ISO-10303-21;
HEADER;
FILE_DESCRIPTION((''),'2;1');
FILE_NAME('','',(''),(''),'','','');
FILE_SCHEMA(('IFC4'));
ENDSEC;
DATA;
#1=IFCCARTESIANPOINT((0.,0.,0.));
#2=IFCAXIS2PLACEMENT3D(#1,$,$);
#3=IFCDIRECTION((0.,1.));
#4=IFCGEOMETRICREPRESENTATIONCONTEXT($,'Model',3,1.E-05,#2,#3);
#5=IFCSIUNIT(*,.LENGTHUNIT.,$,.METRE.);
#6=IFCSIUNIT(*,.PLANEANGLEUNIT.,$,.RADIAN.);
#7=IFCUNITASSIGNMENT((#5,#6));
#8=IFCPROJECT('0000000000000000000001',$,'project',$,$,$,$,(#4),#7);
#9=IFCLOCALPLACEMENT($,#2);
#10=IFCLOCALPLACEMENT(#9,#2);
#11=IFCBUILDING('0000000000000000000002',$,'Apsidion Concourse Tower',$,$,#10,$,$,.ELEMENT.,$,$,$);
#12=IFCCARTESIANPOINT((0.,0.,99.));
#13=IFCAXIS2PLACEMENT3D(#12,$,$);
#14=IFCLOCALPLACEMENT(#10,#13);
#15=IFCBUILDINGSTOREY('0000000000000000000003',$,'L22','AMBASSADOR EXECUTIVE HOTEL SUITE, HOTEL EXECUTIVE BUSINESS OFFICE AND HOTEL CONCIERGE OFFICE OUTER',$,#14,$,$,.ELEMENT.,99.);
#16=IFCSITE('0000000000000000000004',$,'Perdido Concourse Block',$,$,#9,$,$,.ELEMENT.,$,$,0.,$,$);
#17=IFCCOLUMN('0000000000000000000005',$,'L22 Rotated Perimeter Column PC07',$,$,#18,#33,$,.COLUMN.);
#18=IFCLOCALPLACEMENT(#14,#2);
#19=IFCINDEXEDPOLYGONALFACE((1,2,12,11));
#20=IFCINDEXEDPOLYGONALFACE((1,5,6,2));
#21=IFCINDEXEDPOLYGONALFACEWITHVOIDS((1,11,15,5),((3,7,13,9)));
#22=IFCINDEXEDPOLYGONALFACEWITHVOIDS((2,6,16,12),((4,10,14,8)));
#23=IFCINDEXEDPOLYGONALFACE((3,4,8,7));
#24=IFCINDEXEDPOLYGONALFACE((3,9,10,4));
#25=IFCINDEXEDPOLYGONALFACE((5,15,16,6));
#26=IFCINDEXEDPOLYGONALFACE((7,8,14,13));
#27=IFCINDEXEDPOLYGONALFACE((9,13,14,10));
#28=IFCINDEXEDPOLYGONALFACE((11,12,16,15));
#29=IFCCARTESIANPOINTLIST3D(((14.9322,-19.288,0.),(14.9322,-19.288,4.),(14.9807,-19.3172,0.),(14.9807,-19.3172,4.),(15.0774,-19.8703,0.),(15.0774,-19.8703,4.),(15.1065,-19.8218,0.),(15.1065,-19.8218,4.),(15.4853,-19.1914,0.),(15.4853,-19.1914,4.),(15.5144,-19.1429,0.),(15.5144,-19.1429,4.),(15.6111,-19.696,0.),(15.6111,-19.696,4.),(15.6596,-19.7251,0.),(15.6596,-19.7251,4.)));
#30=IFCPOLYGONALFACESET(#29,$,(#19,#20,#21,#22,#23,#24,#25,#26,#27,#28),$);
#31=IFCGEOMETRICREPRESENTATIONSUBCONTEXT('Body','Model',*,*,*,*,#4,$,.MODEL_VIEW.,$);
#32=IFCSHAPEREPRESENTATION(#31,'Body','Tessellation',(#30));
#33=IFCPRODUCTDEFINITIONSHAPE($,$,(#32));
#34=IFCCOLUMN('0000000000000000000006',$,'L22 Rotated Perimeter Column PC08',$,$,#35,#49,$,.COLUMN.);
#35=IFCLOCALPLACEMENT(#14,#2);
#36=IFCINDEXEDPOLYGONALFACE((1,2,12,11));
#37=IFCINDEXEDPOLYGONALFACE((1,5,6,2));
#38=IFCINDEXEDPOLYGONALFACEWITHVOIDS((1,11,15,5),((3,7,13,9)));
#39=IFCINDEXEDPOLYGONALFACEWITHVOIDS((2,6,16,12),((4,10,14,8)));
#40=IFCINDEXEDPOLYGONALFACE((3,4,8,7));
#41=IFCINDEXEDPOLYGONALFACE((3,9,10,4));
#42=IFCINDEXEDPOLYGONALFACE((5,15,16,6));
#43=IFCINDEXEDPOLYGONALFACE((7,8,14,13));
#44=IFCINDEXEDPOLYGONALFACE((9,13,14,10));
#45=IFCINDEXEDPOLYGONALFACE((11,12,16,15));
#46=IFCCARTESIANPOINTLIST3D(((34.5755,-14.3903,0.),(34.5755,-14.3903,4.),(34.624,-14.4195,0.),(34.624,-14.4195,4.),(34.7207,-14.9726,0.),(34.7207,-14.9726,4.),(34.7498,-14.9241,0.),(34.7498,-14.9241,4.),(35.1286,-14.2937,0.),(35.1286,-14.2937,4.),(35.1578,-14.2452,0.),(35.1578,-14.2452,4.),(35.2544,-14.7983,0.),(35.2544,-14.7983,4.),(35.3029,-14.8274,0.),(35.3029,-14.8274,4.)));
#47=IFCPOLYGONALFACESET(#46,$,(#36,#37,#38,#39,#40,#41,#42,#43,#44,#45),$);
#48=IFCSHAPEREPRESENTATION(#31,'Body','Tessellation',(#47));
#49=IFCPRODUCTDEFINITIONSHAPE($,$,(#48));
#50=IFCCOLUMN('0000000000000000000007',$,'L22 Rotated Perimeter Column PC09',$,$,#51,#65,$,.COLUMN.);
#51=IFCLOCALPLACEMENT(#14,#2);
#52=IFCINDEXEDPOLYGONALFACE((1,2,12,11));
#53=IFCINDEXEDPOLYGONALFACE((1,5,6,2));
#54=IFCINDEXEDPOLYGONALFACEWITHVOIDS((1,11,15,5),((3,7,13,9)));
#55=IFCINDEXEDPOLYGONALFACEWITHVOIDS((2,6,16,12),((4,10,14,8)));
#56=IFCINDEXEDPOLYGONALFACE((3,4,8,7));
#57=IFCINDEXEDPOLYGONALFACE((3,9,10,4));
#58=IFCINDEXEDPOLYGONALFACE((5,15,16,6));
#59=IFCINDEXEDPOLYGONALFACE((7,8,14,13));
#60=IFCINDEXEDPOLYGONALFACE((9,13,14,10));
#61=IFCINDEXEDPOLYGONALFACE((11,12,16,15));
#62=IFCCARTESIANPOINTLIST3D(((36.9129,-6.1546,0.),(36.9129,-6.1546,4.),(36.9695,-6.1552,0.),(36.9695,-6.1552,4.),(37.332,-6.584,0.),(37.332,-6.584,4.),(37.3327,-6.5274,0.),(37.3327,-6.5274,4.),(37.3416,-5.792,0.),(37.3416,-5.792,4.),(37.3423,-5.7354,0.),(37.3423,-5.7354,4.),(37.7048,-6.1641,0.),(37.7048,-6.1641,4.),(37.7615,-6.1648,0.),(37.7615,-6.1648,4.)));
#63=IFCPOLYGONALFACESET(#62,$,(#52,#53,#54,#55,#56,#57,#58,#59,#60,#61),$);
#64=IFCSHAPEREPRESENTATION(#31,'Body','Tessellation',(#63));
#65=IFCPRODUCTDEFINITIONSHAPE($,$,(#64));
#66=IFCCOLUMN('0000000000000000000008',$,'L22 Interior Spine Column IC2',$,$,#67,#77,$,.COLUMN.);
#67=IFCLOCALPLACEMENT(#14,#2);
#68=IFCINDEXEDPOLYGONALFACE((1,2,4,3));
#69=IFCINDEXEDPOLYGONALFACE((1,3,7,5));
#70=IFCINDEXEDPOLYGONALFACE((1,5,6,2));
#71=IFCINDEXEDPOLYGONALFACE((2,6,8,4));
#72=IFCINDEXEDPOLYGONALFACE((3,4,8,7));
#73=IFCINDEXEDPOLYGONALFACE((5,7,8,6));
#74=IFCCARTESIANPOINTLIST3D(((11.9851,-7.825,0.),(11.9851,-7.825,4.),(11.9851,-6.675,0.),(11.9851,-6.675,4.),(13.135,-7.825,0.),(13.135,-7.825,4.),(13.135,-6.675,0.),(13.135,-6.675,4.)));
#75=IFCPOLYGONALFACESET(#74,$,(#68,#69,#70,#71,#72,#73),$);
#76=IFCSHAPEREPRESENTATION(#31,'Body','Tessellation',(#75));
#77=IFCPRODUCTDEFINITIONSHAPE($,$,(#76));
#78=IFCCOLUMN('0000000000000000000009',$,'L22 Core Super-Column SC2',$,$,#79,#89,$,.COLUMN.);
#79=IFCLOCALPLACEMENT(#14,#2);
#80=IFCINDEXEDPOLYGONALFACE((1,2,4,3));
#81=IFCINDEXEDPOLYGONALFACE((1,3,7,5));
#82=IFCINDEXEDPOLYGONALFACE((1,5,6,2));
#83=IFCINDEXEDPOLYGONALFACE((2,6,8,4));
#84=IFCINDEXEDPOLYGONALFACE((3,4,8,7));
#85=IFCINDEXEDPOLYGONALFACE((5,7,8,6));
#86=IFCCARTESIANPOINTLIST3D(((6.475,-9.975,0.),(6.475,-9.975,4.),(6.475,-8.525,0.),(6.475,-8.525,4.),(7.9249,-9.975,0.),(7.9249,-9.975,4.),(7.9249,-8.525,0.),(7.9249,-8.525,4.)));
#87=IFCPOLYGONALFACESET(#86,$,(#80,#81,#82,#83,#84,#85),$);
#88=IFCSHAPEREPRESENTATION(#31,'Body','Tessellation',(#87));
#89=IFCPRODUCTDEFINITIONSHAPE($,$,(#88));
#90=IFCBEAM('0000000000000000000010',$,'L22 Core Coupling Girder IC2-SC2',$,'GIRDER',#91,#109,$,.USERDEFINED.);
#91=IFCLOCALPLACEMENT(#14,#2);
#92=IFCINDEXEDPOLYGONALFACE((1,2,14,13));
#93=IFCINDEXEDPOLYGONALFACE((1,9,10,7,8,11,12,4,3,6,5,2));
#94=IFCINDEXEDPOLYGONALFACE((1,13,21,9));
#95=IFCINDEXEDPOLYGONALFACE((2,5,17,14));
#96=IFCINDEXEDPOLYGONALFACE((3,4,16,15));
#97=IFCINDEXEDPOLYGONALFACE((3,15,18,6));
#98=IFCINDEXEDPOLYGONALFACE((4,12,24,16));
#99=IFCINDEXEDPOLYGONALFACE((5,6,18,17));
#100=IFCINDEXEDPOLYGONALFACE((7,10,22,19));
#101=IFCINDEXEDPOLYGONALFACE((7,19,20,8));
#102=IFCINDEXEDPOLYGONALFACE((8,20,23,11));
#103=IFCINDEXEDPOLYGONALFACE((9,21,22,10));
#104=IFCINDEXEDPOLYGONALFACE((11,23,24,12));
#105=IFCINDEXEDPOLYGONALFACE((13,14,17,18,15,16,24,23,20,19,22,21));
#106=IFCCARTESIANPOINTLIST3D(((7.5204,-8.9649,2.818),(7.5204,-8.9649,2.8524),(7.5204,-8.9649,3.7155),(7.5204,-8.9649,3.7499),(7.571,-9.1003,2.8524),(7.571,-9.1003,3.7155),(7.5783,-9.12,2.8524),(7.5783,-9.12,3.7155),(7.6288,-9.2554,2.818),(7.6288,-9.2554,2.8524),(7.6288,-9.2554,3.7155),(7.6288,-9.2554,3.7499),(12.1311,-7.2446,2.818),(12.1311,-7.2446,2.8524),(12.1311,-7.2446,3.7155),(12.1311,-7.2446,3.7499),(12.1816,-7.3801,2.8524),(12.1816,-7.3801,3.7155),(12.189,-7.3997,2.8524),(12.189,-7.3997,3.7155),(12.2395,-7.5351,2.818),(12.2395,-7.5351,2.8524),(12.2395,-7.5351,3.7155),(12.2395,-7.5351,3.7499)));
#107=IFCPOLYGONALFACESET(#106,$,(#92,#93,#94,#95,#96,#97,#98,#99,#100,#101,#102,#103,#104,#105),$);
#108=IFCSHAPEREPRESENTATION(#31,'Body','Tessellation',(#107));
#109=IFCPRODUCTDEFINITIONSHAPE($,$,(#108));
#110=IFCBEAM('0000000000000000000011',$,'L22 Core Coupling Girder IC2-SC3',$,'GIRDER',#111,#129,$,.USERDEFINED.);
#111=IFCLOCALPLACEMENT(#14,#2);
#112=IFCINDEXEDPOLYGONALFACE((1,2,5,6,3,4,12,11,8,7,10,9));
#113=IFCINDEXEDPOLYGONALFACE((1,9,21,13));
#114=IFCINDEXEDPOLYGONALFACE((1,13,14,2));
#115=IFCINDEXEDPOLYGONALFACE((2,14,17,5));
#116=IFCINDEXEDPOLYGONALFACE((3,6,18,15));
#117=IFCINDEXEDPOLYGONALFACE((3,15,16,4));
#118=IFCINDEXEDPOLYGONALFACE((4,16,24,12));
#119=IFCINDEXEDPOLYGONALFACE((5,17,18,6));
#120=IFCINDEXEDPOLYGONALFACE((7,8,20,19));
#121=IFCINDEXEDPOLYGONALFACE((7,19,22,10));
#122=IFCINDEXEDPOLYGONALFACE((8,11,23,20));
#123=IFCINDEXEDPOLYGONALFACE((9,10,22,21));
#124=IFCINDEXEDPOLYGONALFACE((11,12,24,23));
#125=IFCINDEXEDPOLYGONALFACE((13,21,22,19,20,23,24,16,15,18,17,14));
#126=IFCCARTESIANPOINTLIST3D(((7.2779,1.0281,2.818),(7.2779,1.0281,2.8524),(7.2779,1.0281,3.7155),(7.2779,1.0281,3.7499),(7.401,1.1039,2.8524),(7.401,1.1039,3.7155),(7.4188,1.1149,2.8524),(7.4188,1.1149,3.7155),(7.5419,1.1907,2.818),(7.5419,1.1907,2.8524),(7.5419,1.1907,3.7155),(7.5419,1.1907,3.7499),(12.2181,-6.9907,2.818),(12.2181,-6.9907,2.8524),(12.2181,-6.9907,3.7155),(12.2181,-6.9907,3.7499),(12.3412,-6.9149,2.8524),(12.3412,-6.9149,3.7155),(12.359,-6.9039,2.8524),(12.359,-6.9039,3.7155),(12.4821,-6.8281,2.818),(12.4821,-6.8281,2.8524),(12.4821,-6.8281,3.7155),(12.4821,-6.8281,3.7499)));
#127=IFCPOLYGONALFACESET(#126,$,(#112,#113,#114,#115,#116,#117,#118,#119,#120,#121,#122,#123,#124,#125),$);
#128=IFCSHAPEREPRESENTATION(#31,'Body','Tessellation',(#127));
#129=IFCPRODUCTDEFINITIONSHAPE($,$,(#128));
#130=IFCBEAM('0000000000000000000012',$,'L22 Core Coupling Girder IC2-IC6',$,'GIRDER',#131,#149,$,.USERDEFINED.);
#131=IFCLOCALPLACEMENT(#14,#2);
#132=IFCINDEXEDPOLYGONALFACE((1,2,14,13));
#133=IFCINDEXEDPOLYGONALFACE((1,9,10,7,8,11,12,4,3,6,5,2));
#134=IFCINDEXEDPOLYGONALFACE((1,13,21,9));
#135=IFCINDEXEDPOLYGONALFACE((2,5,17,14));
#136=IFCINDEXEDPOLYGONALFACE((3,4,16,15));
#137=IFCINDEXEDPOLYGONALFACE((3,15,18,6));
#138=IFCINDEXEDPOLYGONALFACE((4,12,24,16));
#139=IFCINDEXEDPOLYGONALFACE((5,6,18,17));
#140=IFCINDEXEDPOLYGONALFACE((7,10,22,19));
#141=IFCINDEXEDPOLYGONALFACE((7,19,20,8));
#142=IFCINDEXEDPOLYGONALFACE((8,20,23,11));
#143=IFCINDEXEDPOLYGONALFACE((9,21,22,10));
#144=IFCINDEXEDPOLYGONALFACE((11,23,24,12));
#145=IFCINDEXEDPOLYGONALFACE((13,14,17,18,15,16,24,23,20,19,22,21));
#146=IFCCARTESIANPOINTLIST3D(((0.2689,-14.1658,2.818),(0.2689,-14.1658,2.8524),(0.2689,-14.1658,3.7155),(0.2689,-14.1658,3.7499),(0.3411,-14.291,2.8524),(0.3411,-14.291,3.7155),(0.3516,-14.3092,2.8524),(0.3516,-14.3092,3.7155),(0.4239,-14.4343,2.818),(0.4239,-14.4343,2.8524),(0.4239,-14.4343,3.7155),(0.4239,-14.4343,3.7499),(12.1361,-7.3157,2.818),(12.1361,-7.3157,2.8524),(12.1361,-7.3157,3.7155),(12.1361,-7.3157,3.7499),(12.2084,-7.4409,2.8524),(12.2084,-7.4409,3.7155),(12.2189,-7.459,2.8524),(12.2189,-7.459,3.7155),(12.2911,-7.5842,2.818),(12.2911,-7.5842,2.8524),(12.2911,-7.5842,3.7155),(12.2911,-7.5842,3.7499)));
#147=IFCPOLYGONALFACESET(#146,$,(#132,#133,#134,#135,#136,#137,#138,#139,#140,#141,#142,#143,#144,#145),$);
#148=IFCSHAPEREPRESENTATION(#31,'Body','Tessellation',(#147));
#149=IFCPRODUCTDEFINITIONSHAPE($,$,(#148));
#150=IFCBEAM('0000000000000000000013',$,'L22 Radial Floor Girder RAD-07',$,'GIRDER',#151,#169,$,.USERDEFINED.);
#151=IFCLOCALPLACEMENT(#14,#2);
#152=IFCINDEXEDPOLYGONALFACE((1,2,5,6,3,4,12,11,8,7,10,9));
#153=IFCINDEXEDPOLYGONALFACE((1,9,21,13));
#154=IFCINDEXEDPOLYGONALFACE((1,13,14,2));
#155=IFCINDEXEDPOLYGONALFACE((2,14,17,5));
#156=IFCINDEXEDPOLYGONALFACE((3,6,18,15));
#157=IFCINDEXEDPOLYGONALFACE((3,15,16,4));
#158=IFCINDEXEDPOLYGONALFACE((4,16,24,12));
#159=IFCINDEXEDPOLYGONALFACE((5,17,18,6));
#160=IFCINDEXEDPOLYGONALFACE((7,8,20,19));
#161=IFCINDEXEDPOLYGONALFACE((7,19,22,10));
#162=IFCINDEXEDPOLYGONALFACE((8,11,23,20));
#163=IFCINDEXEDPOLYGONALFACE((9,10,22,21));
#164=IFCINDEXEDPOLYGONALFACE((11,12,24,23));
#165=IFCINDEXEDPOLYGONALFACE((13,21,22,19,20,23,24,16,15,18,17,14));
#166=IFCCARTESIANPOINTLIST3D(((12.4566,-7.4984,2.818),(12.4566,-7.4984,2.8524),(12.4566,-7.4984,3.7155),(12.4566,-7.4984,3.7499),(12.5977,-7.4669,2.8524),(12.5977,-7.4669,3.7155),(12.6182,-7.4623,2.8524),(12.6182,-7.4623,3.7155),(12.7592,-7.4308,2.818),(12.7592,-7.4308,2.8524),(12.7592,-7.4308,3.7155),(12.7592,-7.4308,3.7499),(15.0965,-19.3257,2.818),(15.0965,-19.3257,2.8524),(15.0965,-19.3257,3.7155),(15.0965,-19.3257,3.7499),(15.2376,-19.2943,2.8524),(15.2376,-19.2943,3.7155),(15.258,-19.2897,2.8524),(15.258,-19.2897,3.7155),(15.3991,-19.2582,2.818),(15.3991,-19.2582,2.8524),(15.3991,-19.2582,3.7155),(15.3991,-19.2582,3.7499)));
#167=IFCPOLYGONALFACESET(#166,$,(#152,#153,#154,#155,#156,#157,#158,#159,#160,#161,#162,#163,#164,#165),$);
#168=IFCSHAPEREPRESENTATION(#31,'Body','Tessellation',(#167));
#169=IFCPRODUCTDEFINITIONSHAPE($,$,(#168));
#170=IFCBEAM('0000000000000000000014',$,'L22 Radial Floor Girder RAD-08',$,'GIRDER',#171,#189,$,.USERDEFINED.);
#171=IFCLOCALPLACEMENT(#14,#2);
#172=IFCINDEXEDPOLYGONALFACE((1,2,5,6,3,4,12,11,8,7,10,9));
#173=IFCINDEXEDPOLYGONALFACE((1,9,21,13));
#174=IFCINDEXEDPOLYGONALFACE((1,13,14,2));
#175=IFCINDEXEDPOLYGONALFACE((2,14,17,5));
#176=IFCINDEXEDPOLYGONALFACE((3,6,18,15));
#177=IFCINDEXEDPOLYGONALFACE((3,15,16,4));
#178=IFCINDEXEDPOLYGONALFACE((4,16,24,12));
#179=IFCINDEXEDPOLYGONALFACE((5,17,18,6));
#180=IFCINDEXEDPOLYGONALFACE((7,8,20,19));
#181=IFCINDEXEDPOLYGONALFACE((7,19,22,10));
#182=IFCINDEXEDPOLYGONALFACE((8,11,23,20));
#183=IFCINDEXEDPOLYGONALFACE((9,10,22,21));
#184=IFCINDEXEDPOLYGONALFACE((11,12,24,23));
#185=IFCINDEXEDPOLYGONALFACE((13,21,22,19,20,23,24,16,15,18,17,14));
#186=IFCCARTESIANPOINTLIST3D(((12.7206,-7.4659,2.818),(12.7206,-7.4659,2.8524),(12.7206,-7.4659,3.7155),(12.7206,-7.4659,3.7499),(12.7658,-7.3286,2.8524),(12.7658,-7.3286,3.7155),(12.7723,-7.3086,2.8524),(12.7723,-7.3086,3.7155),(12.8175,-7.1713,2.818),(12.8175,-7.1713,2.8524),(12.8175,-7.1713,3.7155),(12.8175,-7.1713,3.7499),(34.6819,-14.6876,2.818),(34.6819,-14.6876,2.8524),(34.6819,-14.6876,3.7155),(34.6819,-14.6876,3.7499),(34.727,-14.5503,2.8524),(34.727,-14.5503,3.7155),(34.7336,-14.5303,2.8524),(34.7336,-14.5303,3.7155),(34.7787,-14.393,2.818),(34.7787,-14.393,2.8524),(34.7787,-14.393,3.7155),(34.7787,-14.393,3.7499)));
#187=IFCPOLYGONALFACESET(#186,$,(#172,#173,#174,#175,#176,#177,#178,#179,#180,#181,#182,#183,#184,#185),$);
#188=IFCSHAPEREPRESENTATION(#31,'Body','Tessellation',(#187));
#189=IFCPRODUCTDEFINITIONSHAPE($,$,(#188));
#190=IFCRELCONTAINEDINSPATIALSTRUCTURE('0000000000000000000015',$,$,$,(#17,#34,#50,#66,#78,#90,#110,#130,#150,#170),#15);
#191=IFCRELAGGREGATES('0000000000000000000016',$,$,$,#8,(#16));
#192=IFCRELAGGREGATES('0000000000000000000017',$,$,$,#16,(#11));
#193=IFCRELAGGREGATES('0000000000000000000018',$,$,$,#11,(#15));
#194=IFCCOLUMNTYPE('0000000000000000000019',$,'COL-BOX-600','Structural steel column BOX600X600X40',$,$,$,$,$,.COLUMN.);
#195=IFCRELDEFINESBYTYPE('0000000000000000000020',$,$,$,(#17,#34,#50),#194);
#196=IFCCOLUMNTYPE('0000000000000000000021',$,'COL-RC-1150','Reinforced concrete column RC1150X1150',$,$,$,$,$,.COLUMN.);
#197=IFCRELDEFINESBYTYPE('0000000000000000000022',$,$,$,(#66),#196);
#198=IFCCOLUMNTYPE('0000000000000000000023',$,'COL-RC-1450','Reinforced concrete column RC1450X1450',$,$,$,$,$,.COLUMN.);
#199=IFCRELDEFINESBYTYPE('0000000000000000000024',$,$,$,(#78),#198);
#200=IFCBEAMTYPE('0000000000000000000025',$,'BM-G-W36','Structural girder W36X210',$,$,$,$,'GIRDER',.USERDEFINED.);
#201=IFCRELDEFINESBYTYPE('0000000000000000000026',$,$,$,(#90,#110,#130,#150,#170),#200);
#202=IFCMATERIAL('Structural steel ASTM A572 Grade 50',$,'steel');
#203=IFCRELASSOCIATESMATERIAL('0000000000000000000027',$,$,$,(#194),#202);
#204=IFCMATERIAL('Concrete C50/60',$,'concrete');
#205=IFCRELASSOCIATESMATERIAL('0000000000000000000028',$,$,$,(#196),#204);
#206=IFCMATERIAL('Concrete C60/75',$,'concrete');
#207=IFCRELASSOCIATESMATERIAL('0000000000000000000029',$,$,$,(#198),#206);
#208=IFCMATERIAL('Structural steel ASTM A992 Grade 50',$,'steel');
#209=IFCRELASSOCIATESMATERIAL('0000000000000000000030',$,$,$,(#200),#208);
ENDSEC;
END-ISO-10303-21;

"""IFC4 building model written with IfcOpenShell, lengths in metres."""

from ifc_helpers import new_model, si_unit, direction, frame, origin, origin_2d, place, context, subcontext, project, spatial, rectangle, hollow_rectangle, i_section, extrude, material, material_profile, profile_set, type_object, element, save


model = new_model("IFC4")

# Units and contexts
model_context = context("Model", 3, precision=1e-05, world=origin(), true_north=direction((0.0, 1.0)))
body_context = subcontext(model_context, "Body", "Model", "MODEL_VIEW")
ifc_project = project(units=[si_unit("LENGTHUNIT", "METRE"), si_unit("PLANEANGLEUNIT", "RADIAN")], contexts=[model_context])

# Site, building, storey
site_placement = place(None, origin())
site = spatial("IfcSite", under=ifc_project, at=site_placement, Name="Perdido Concourse Block", CompositionType="ELEMENT", RefElevation=0.0)
building_placement = place(site_placement, origin())
building = spatial("IfcBuilding", under=site, at=building_placement, Name="Apsidion Concourse Tower", CompositionType="ELEMENT")
storey_placement = place(building_placement, frame((0.0, 0.0, 99.0)))
storey = spatial("IfcBuildingStorey", under=building, at=storey_placement, Name="L22", Description="AMBASSADOR EXECUTIVE HOTEL SUITE, HOTEL EXECUTIVE BUSINESS OFFICE AND HOTEL CONCIERGE OFFICE OUTER", CompositionType="ELEMENT", Elevation=99.0)

# Columns
ifc_material_1 = material(Name="Structural steel ASTM A572 Grade 50", Category="steel")
ifc_material_profile_1 = material_profile(ifc_material_1, hollow_rectangle(XDim=0.6001, YDim=0.6001, WallThickness=0.04, at=origin_2d()), Name="BOX600X600X40")
ifc_profile_set_1 = profile_set([ifc_material_profile_1], Name="Structural steel ASTM A572 Grade 50")
column_type_1 = type_object("IfcColumnType", Name="COL-BOX-600", Description="Structural steel column BOX600X600X40", PredefinedType="COLUMN", material=ifc_profile_set_1)
for number, where, z_axis, x_axis, name in (
    (1, (15.2959, -19.5066, 0.0), (0.0, 0.0, 1.0), (0.970296, 0.241922, 0.0), "L22 Rotated Perimeter Column PC07"),
    (2, (34.9392, -14.6089, 0.0), (0.0, 0.0, 1.0), (0.970296, 0.241922, 0.0), "L22 Rotated Perimeter Column PC08"),
    (3, (37.3372, -6.1597, 0.0), (0.0, 0.0, 1.0), (-0.69854, 0.715571, 0.0), "L22 Rotated Perimeter Column PC09"),
):
    element("IfcColumn", number, at=place(storey_placement, frame(where, z_axis=z_axis, x_axis=x_axis)), inside=storey, type_object=column_type_1, Name=name, PredefinedType="COLUMN", context=body_context, shape_type="SweptSolid", body=[
        extrude(hollow_rectangle(XDim=0.6001, YDim=0.6001, WallThickness=0.04, at=origin_2d()), origin(), (0.0, 0.0, 1.0), 4.0),
    ])
ifc_material_2 = material(Name="Concrete C50/60", Category="concrete")
ifc_material_profile_2 = material_profile(ifc_material_2, rectangle(XDim=1.1499, YDim=1.1499, at=origin_2d()), Name="RC 1150x1150")
ifc_profile_set_2 = profile_set([ifc_material_profile_2], Name="Concrete C50/60")
column_type_2 = type_object("IfcColumnType", Name="COL-RC-1150", Description="Reinforced concrete column RC1150X1150", PredefinedType="COLUMN", material=ifc_profile_set_2)
column_1_placement = place(storey_placement, frame((12.5601, -7.25, 0.0), z_axis=(0.0, 0.0, 1.0), x_axis=(1.0, 0.0, 0.0)))
element("IfcColumn", 4, at=column_1_placement, inside=storey, type_object=column_type_2, Name="L22 Interior Spine Column IC2", PredefinedType="COLUMN", context=body_context, shape_type="SweptSolid", body=[
    extrude(rectangle(XDim=1.1499, YDim=1.1499, at=origin_2d()), origin(), (0.0, 0.0, 1.0), 4.0),
])
ifc_material_3 = material(Name="Concrete C60/75", Category="concrete")
ifc_material_profile_3 = material_profile(ifc_material_3, rectangle(XDim=1.45, YDim=1.45, at=origin_2d()), Name="RC 1450x1450")
ifc_profile_set_3 = profile_set([ifc_material_profile_3], Name="Concrete C60/75")
column_type_3 = type_object("IfcColumnType", Name="COL-RC-1450", Description="Reinforced concrete column RC1450X1450", PredefinedType="COLUMN", material=ifc_profile_set_3)
column_2_placement = place(storey_placement, frame((7.2, -9.25, 0.0), z_axis=(0.0, 0.0, 1.0), x_axis=(1.0, 0.0, 0.0)))
element("IfcColumn", 5, at=column_2_placement, inside=storey, type_object=column_type_3, Name="L22 Core Super-Column SC2", PredefinedType="COLUMN", context=body_context, shape_type="SweptSolid", body=[
    extrude(rectangle(XDim=1.45, YDim=1.45, at=origin_2d()), origin(), (0.0, 0.0, 1.0), 4.0),
])

# Beams
ifc_material_4 = material(Name="Structural steel ASTM A992 Grade 50", Category="steel")
ifc_material_profile_4 = material_profile(ifc_material_4, i_section(OverallWidth=0.3101, OverallDepth=0.9319, WebThickness=0.021, FlangeThickness=0.0344, at=origin_2d()), Name="W36X210")
ifc_profile_set_4 = profile_set([ifc_material_profile_4], Name="Structural steel ASTM A992 Grade 50")
beam_type_1 = type_object("IfcBeamType", Name="BM-G-W36", Description="Structural girder W36X210", ElementType="GIRDER", PredefinedType="USERDEFINED", material=ifc_profile_set_4)
beam_1_placement = place(storey_placement, frame((12.1853, -7.3899, 3.2839), z_axis=(-0.936913, -0.349563, 0.0), x_axis=(0.349563, -0.936913, 0.0)))
element("IfcBeam", 6, at=beam_1_placement, inside=storey, type_object=beam_type_1, Name="L22 Core Coupling Girder IC2-SC2", ObjectType="GIRDER", PredefinedType="USERDEFINED", context=body_context, shape_type="SweptSolid", body=[
    extrude(i_section(OverallWidth=0.3101, OverallDepth=0.9319, WebThickness=0.021, FlangeThickness=0.0344, at=origin_2d()), origin(), (0.0, 0.0, 1.0), 4.9211),
])
beam_2_placement = place(storey_placement, frame((12.3501, -6.9094, 3.2839), z_axis=(-0.524524, 0.851396, 0.0), x_axis=(-0.851396, -0.524524, 0.0)))
element("IfcBeam", 7, at=beam_2_placement, inside=storey, type_object=beam_type_1, Name="L22 Core Coupling Girder IC2-SC3", ObjectType="GIRDER", PredefinedType="USERDEFINED", context=body_context, shape_type="SweptSolid", body=[
    extrude(i_section(OverallWidth=0.3101, OverallDepth=0.9319, WebThickness=0.021, FlangeThickness=0.0344, at=origin_2d()), origin(), (0.0, 0.0, 1.0), 9.4185),
])
beam_3_placement = place(storey_placement, frame((12.2136, -7.45, 3.2839), z_axis=(-0.86607, -0.499922, 0.0), x_axis=(0.499922, -0.86607, 0.0)))
element("IfcBeam", 8, at=beam_3_placement, inside=storey, type_object=beam_type_1, Name="L22 Core Coupling Girder IC2-IC6", ObjectType="GIRDER", PredefinedType="USERDEFINED", context=body_context, shape_type="SweptSolid", body=[
    extrude(i_section(OverallWidth=0.3101, OverallDepth=0.9319, WebThickness=0.021, FlangeThickness=0.0344, at=origin_2d()), origin(), (0.0, 0.0, 1.0), 13.7024),
])
beam_4_placement = place(storey_placement, frame((12.6079, -7.4646, 3.2839), z_axis=(0.217841, -0.975984, 0.0), x_axis=(0.975984, 0.217841, 0.0)))
element("IfcBeam", 9, at=beam_4_placement, inside=storey, type_object=beam_type_1, Name="L22 Radial Floor Girder RAD-07", ObjectType="GIRDER", PredefinedType="USERDEFINED", context=body_context, shape_type="SweptSolid", body=[
    extrude(i_section(OverallWidth=0.3101, OverallDepth=0.9319, WebThickness=0.021, FlangeThickness=0.0344, at=origin_2d()), origin(), (0.0, 0.0, 1.0), 12.1184),
])
beam_5_placement = place(storey_placement, frame((12.769, -7.3186, 3.2839), z_axis=(0.949957, -0.312382, 0.0), x_axis=(0.312382, 0.949957, 0.0)))
element("IfcBeam", 10, at=beam_5_placement, inside=storey, type_object=beam_type_1, Name="L22 Radial Floor Girder RAD-08", ObjectType="GIRDER", PredefinedType="USERDEFINED", context=body_context, shape_type="SweptSolid", body=[
    extrude(i_section(OverallWidth=0.3101, OverallDepth=0.9319, WebThickness=0.021, FlangeThickness=0.0344, at=origin_2d()), origin(), (0.0, 0.0, 1.0), 23.1182),
])

save(model, "model.ifc")
